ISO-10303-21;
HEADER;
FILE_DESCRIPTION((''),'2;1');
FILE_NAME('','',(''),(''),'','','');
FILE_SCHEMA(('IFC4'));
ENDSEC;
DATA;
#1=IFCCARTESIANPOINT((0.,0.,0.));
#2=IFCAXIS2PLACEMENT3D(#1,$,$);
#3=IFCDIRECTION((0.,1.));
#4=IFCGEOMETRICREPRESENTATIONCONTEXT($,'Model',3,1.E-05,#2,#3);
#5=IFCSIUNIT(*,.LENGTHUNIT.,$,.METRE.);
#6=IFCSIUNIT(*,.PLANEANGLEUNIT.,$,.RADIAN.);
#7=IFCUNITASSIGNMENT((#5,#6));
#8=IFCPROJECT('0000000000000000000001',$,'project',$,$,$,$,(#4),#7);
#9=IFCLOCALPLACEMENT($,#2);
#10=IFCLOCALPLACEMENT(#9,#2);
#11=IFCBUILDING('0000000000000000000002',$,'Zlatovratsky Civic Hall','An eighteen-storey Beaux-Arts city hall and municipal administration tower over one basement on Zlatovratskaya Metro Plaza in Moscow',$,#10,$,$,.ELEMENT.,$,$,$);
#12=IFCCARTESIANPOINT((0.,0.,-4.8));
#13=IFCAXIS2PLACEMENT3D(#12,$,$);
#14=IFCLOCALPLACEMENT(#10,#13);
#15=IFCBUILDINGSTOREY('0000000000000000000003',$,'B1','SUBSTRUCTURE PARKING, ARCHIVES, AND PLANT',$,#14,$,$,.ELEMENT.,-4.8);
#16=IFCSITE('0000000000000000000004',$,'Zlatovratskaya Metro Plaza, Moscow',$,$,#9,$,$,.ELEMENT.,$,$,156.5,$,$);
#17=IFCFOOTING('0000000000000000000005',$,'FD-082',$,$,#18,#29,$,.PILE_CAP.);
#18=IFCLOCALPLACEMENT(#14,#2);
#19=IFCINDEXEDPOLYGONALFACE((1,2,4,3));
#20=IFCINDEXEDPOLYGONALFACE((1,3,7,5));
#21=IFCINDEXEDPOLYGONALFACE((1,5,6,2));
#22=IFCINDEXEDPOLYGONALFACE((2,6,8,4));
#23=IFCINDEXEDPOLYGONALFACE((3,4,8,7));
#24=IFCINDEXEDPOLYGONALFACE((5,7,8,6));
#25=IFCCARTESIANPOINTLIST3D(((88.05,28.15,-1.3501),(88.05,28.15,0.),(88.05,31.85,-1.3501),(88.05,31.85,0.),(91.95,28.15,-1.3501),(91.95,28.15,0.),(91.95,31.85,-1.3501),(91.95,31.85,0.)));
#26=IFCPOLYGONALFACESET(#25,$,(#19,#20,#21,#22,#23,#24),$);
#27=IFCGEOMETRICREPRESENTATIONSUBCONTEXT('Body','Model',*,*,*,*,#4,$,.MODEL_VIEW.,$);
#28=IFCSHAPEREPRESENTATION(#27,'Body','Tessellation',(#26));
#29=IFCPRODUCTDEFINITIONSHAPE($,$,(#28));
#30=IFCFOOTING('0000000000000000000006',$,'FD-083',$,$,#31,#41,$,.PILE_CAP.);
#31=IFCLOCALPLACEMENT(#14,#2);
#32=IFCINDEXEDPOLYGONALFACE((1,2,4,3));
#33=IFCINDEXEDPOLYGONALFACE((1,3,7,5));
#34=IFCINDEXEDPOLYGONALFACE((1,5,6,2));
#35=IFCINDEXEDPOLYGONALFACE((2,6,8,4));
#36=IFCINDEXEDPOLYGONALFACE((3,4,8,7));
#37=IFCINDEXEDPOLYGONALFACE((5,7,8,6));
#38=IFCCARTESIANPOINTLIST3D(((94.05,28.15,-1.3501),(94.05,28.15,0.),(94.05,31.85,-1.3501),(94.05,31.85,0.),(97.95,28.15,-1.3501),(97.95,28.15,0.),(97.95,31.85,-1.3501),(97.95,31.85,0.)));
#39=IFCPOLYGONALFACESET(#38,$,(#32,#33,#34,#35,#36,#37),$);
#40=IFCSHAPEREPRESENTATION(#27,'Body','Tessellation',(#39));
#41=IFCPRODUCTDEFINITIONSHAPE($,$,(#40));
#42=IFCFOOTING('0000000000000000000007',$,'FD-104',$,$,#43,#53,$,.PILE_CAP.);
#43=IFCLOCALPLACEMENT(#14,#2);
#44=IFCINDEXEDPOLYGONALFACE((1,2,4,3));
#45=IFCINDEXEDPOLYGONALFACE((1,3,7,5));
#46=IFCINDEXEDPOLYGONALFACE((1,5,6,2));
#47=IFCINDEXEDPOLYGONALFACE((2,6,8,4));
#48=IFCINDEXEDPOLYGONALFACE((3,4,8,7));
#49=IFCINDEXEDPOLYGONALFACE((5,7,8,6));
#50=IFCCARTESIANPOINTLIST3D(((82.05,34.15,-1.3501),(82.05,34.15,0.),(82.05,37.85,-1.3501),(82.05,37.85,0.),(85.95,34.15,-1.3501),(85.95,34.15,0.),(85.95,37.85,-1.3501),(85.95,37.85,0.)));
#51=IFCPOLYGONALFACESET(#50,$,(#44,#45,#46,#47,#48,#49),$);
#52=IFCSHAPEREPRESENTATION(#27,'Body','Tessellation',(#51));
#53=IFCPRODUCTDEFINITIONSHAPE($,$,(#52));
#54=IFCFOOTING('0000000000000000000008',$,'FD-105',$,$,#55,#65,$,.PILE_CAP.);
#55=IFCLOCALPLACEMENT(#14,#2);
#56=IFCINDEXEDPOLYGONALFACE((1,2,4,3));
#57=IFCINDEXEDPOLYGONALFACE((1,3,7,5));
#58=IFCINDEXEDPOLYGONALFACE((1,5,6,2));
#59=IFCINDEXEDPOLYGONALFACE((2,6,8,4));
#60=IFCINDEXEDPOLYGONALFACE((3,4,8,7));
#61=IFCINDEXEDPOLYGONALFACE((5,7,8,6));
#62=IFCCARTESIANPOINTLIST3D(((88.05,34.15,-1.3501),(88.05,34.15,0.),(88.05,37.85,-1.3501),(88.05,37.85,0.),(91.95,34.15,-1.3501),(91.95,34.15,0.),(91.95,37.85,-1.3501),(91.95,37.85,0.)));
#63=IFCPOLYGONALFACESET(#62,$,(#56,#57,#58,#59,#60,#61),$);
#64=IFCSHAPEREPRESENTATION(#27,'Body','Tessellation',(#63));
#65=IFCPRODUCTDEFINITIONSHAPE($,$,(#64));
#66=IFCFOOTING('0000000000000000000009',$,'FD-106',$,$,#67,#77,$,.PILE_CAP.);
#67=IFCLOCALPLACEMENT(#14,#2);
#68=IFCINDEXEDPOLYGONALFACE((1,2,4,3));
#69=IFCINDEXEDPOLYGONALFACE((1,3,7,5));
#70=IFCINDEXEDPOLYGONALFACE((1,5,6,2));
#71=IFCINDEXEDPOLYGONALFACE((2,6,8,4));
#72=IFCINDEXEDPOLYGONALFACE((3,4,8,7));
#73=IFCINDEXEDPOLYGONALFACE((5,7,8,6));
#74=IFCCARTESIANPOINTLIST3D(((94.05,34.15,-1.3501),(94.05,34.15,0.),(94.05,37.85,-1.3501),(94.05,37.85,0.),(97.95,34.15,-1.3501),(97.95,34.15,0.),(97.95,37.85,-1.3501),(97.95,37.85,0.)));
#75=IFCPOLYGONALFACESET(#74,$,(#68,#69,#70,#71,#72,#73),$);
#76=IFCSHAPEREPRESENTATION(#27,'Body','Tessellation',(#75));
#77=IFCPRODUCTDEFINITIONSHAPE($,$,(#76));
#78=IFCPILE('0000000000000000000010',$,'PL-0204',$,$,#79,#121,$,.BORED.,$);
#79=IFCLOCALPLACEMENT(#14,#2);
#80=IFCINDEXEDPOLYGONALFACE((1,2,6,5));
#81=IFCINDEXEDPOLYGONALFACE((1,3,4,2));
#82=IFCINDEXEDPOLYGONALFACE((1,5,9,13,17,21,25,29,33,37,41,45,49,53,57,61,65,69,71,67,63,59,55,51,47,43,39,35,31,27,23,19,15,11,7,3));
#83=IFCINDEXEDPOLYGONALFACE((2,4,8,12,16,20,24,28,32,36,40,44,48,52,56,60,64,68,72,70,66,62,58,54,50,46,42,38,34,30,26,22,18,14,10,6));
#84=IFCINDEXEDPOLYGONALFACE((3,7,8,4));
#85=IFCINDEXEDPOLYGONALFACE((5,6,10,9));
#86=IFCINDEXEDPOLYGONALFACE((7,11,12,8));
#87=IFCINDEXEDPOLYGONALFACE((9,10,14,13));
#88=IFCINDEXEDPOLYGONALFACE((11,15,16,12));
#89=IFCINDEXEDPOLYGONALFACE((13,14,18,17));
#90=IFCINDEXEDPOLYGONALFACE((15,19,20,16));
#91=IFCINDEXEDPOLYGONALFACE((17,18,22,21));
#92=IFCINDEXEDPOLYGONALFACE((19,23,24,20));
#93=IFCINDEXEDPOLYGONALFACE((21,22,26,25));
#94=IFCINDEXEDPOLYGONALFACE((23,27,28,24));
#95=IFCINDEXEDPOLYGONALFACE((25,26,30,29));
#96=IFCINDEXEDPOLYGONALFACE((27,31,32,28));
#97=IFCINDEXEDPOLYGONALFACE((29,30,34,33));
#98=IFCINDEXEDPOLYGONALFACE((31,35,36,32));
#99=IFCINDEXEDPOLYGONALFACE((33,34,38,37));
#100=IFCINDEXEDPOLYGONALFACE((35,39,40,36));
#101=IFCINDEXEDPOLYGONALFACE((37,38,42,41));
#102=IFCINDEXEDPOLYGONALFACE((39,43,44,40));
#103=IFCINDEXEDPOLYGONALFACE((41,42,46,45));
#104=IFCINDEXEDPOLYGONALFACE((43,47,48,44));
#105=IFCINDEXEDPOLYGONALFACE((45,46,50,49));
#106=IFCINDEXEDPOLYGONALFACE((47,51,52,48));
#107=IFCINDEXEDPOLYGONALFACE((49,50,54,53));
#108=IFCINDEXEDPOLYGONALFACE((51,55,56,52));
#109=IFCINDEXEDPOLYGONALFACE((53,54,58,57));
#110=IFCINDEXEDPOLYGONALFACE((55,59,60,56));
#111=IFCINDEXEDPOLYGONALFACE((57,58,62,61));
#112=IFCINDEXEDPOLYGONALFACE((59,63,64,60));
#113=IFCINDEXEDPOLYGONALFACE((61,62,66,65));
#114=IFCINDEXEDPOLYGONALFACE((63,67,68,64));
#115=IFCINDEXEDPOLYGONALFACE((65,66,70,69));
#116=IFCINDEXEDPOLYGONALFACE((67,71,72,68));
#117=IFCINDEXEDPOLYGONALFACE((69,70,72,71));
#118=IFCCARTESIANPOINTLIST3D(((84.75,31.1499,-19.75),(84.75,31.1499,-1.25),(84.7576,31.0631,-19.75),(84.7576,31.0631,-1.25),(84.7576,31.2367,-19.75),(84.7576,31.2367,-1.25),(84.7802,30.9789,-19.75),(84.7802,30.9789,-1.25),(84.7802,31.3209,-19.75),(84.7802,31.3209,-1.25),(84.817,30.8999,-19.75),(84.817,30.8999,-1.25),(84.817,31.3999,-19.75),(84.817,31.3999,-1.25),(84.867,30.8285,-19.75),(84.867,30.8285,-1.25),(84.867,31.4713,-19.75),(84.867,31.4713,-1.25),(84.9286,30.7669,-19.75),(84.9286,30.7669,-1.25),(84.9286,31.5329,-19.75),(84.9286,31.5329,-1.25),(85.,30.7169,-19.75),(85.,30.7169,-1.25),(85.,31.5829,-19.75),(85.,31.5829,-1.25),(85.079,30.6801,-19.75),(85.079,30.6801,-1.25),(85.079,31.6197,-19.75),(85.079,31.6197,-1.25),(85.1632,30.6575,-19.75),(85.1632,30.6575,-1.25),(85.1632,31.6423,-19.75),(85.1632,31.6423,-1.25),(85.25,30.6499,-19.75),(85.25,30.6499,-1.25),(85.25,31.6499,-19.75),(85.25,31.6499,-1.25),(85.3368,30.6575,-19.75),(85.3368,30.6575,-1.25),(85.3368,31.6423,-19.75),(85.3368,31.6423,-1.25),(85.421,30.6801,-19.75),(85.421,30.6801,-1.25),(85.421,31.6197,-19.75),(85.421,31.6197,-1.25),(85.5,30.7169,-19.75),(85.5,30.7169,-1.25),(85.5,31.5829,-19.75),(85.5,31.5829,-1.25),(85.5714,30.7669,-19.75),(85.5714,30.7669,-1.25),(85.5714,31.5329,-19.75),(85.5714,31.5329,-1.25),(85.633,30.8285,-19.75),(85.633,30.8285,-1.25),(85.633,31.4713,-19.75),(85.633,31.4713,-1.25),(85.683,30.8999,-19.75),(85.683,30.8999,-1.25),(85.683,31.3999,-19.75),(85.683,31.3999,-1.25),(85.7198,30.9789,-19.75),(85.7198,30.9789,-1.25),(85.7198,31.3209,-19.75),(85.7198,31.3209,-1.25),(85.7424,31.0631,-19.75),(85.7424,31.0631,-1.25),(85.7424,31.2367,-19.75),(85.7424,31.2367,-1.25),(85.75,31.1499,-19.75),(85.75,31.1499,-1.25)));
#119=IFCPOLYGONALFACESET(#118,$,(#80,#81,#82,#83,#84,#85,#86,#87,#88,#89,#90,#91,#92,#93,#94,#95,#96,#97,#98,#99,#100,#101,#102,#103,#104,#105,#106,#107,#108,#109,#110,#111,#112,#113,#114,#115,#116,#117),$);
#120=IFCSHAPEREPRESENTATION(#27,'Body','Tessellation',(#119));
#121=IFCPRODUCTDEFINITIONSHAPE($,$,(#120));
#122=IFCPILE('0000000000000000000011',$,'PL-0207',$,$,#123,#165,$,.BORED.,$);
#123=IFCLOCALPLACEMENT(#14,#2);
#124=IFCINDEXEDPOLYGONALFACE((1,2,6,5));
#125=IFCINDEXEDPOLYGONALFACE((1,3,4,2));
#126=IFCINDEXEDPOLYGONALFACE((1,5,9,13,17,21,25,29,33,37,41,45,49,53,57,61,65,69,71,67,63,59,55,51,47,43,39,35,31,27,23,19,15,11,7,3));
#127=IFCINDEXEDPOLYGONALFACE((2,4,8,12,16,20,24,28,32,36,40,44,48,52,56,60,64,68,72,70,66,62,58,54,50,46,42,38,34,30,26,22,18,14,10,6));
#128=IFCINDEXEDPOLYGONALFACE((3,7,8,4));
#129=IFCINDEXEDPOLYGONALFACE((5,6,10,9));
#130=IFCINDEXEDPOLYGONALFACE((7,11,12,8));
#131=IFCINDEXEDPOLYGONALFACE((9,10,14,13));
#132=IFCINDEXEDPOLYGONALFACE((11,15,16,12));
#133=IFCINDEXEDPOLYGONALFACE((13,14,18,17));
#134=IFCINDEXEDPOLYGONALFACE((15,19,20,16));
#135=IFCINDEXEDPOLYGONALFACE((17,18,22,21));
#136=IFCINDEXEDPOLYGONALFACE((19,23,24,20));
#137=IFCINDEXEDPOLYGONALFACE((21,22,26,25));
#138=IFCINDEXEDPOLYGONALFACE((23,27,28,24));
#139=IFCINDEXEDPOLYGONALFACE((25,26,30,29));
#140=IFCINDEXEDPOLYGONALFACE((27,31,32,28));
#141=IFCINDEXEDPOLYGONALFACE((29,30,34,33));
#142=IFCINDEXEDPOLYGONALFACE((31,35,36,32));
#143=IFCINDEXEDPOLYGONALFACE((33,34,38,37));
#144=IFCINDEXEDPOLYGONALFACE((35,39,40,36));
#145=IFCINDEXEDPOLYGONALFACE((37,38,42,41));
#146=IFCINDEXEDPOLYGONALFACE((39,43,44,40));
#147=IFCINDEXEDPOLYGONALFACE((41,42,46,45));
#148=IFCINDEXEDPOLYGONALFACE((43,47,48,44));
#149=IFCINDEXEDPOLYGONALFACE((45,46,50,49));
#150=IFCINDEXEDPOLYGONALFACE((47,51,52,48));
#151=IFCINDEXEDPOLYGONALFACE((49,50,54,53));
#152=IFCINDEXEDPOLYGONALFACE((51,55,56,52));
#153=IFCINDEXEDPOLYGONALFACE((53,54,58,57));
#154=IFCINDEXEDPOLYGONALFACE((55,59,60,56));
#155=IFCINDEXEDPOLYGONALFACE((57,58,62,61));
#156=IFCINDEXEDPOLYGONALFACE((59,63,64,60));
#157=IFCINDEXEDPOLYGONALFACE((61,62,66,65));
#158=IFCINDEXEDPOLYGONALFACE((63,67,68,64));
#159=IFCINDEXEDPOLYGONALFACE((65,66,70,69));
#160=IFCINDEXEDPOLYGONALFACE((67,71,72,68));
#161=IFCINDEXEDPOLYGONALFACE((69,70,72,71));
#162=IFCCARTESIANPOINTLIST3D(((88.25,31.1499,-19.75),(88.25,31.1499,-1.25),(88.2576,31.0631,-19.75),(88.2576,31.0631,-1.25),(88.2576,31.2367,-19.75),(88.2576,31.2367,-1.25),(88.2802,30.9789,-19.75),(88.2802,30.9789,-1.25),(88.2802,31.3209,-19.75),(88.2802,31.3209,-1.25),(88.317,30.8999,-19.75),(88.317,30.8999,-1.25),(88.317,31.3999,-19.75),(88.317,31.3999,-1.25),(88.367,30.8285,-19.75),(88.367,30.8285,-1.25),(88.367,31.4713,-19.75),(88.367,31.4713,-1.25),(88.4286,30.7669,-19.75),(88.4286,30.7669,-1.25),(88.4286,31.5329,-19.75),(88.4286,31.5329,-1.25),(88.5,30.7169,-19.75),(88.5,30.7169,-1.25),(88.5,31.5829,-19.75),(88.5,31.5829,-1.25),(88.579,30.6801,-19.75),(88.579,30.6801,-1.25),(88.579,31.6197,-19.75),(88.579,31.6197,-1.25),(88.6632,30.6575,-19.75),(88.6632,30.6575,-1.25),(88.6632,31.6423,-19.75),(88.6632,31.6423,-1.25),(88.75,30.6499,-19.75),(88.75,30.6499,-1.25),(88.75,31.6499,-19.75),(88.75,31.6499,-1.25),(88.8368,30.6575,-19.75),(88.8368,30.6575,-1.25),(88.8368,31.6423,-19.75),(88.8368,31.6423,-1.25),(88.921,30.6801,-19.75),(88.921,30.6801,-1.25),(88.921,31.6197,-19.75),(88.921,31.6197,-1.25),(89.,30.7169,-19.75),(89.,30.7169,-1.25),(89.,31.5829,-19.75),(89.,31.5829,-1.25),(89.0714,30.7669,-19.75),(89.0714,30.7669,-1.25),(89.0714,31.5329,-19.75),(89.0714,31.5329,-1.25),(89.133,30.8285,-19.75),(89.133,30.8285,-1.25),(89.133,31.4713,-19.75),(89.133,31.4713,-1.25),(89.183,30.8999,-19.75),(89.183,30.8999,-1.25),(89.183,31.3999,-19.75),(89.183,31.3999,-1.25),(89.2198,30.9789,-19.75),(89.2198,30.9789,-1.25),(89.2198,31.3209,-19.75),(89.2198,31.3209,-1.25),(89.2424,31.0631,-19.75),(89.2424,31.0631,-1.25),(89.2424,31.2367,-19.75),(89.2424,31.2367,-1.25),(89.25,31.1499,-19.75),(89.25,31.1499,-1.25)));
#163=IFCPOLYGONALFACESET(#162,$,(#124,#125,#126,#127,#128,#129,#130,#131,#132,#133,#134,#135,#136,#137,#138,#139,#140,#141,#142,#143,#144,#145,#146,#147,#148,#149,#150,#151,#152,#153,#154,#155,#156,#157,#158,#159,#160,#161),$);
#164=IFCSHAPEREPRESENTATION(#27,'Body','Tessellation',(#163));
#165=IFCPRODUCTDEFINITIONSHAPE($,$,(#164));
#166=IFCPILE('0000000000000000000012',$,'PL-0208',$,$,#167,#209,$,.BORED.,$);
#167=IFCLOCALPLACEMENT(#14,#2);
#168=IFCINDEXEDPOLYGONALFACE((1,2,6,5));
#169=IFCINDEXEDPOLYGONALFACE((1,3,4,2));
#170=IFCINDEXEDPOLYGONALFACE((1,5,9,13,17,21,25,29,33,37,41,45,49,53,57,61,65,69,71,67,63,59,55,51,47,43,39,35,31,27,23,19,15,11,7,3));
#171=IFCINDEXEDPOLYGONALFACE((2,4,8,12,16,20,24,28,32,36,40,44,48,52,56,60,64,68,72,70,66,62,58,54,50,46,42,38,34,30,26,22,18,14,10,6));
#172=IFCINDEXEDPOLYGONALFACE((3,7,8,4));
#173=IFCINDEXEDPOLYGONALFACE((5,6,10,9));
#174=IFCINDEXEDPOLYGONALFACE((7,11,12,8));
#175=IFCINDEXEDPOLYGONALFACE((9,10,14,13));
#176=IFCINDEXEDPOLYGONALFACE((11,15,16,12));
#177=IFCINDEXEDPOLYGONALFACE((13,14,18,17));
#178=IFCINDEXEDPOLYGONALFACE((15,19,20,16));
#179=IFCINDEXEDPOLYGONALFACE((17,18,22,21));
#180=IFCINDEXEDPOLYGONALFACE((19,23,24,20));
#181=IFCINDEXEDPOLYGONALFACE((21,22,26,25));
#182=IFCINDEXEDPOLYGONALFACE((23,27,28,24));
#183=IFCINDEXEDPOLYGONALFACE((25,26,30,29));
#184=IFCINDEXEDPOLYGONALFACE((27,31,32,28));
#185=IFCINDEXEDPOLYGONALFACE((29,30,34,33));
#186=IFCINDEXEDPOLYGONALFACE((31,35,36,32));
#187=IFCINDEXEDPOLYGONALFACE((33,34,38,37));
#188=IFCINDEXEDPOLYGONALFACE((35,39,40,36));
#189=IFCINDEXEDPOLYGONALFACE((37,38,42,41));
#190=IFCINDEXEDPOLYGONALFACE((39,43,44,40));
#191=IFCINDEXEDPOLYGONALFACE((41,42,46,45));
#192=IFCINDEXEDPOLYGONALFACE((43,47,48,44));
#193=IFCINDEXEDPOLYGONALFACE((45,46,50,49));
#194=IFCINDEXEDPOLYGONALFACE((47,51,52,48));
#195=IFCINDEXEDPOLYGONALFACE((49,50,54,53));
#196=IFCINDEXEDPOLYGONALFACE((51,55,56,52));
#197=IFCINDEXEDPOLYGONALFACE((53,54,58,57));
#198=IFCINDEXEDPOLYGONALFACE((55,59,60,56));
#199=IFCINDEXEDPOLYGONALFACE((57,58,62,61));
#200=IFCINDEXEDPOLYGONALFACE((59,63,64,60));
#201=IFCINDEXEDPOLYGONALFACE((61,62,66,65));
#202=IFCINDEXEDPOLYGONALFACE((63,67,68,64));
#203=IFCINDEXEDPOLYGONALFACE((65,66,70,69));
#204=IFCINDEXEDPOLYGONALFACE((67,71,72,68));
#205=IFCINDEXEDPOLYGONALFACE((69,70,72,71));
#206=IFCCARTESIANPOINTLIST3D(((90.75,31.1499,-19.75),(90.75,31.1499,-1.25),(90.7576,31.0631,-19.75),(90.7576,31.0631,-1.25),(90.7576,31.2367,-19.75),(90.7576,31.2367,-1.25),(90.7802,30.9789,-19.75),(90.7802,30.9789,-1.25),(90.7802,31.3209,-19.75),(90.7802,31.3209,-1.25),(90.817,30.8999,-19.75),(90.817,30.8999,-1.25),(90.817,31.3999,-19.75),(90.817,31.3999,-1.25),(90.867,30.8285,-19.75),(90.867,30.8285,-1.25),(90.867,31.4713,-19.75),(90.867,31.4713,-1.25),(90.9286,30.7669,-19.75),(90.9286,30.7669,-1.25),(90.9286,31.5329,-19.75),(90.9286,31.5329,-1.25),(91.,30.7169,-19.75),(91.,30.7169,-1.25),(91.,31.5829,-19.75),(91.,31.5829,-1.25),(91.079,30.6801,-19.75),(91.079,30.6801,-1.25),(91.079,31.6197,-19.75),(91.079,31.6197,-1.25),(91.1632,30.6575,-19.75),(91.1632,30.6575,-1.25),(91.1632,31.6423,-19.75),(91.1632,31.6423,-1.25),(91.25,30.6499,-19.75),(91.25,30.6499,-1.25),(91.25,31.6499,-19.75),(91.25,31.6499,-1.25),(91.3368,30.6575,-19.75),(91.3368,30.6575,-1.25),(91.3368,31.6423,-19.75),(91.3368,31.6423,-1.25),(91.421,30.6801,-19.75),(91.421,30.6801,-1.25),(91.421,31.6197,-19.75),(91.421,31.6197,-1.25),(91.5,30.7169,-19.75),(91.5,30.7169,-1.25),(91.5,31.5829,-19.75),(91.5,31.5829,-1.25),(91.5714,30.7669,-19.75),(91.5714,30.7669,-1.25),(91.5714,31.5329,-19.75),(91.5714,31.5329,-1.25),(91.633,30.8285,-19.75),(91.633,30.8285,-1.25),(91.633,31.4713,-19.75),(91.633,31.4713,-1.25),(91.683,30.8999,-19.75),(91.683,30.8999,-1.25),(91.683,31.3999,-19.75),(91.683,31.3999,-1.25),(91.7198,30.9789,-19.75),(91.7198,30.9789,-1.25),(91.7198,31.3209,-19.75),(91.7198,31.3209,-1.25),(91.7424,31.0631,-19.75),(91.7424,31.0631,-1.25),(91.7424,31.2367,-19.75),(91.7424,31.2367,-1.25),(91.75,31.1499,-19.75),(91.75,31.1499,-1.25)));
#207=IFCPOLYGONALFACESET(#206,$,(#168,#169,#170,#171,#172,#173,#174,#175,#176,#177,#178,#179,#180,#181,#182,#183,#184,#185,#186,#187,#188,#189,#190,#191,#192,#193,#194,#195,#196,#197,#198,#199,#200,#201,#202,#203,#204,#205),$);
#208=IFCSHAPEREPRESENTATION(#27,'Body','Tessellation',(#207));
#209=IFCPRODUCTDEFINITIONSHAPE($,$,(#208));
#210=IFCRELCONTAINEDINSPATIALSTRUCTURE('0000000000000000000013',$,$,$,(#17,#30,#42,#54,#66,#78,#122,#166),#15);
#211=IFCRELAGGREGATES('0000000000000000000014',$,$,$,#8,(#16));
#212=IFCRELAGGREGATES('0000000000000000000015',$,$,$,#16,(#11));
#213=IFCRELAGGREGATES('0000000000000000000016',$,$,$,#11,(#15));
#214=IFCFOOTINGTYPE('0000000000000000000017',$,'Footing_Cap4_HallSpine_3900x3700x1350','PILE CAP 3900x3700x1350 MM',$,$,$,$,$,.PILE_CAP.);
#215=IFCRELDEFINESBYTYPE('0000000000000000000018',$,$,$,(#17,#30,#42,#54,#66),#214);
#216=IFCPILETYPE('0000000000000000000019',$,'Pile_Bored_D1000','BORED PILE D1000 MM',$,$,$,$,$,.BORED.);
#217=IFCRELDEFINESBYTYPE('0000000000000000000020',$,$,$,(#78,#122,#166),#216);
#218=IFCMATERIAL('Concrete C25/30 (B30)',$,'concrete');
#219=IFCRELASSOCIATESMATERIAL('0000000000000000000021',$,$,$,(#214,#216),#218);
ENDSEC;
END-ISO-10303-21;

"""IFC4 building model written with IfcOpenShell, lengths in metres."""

from ifc_helpers import new_model, si_unit, direction, frame, origin, origin_2d, place, context, subcontext, project, spatial, rectangle, circle, extrude, material, material_profile, profile_set, type_object, element, save


model = new_model("IFC4")

# Units and contexts
model_context = context("Model", 3, precision=1e-05, world=origin(), true_north=direction((0.0, 1.0)))
body_context = subcontext(model_context, "Body", "Model", "MODEL_VIEW")
ifc_project = project(units=[si_unit("LENGTHUNIT", "METRE"), si_unit("PLANEANGLEUNIT", "RADIAN")], contexts=[model_context])

# Site, building, storey
site_placement = place(None, origin())
site = spatial("IfcSite", under=ifc_project, at=site_placement, Name="Zlatovratskaya Metro Plaza, Moscow", CompositionType="ELEMENT", RefElevation=156.5)
building_placement = place(site_placement, origin())
building = spatial("IfcBuilding", under=site, at=building_placement, Name="Zlatovratsky Civic Hall", Description="An eighteen-storey Beaux-Arts city hall and municipal administration tower over one basement on Zlatovratskaya Metro Plaza in Moscow", CompositionType="ELEMENT")
storey_placement = place(building_placement, frame((0.0, 0.0, -4.8)))
storey = spatial("IfcBuildingStorey", under=building, at=storey_placement, Name="B1", Description="SUBSTRUCTURE PARKING, ARCHIVES, AND PLANT", CompositionType="ELEMENT", Elevation=-4.8)

# Footings
ifc_material_1 = material(Name="Concrete C25/30 (B30)", Category="concrete")
footing_type = type_object("IfcFootingType", Name="Footing_Cap4_HallSpine_3900x3700x1350", Description="PILE CAP 3900x3700x1350 MM", PredefinedType="PILE_CAP", material=ifc_material_1)
for number, where, z_axis, x_axis, name in (
    (1, (90.0, 30.0, -1.3501), (0.0, 0.0, 1.0), (1.0, 0.0, 0.0), "FD-082"),
    (2, (96.0, 30.0, -1.3501), (0.0, 0.0, 1.0), (1.0, 0.0, 0.0), "FD-083"),
    (3, (84.0, 36.0, -1.3501), (0.0, 0.0, 1.0), (1.0, 0.0, 0.0), "FD-104"),
    (4, (90.0, 36.0, -1.3501), (0.0, 0.0, 1.0), (1.0, 0.0, 0.0), "FD-105"),
    (5, (96.0, 36.0, -1.3501), (0.0, 0.0, 1.0), (1.0, 0.0, 0.0), "FD-106"),
):
    element("IfcFooting", number, at=place(storey_placement, frame(where, z_axis=z_axis, x_axis=x_axis)), inside=storey, type_object=footing_type, Name=name, PredefinedType="PILE_CAP", context=body_context, shape_type="SweptSolid", body=[
        extrude(rectangle(XDim=3.8999, YDim=3.7, at=origin_2d()), origin(), (0.0, 0.0, 1.0), 1.3501),
    ])

# Piles
ifc_material_profile_1 = material_profile(ifc_material_1, circle(Radius=0.5, at=origin_2d()), Name="PILE D1000")
ifc_profile_set_1 = profile_set([ifc_material_profile_1], Name="Concrete C25/30 (B30)")
pile_type = type_object("IfcPileType", Name="Pile_Bored_D1000", Description="BORED PILE D1000 MM", PredefinedType="BORED", material=ifc_profile_set_1)
for number, where, z_axis, x_axis, name in (
    (6, (85.25, 31.1499, -1.25), (0.0, 0.0, -1.0), (1.0, 0.0, 0.0), "PL-0204"),
    (7, (88.75, 31.1499, -1.25), (0.0, 0.0, -1.0), (1.0, 0.0, 0.0), "PL-0207"),
    (8, (91.25, 31.1499, -1.25), (0.0, 0.0, -1.0), (1.0, 0.0, 0.0), "PL-0208"),
):
    element("IfcPile", number, at=place(storey_placement, frame(where, z_axis=z_axis, x_axis=x_axis)), inside=storey, type_object=pile_type, Name=name, PredefinedType="BORED", context=body_context, shape_type="SweptSolid", body=[
        extrude(circle(Radius=0.5, at=origin_2d()), origin(), (0.0, 0.0, 1.0), 18.5),
    ])

save(model, "model.ifc")
